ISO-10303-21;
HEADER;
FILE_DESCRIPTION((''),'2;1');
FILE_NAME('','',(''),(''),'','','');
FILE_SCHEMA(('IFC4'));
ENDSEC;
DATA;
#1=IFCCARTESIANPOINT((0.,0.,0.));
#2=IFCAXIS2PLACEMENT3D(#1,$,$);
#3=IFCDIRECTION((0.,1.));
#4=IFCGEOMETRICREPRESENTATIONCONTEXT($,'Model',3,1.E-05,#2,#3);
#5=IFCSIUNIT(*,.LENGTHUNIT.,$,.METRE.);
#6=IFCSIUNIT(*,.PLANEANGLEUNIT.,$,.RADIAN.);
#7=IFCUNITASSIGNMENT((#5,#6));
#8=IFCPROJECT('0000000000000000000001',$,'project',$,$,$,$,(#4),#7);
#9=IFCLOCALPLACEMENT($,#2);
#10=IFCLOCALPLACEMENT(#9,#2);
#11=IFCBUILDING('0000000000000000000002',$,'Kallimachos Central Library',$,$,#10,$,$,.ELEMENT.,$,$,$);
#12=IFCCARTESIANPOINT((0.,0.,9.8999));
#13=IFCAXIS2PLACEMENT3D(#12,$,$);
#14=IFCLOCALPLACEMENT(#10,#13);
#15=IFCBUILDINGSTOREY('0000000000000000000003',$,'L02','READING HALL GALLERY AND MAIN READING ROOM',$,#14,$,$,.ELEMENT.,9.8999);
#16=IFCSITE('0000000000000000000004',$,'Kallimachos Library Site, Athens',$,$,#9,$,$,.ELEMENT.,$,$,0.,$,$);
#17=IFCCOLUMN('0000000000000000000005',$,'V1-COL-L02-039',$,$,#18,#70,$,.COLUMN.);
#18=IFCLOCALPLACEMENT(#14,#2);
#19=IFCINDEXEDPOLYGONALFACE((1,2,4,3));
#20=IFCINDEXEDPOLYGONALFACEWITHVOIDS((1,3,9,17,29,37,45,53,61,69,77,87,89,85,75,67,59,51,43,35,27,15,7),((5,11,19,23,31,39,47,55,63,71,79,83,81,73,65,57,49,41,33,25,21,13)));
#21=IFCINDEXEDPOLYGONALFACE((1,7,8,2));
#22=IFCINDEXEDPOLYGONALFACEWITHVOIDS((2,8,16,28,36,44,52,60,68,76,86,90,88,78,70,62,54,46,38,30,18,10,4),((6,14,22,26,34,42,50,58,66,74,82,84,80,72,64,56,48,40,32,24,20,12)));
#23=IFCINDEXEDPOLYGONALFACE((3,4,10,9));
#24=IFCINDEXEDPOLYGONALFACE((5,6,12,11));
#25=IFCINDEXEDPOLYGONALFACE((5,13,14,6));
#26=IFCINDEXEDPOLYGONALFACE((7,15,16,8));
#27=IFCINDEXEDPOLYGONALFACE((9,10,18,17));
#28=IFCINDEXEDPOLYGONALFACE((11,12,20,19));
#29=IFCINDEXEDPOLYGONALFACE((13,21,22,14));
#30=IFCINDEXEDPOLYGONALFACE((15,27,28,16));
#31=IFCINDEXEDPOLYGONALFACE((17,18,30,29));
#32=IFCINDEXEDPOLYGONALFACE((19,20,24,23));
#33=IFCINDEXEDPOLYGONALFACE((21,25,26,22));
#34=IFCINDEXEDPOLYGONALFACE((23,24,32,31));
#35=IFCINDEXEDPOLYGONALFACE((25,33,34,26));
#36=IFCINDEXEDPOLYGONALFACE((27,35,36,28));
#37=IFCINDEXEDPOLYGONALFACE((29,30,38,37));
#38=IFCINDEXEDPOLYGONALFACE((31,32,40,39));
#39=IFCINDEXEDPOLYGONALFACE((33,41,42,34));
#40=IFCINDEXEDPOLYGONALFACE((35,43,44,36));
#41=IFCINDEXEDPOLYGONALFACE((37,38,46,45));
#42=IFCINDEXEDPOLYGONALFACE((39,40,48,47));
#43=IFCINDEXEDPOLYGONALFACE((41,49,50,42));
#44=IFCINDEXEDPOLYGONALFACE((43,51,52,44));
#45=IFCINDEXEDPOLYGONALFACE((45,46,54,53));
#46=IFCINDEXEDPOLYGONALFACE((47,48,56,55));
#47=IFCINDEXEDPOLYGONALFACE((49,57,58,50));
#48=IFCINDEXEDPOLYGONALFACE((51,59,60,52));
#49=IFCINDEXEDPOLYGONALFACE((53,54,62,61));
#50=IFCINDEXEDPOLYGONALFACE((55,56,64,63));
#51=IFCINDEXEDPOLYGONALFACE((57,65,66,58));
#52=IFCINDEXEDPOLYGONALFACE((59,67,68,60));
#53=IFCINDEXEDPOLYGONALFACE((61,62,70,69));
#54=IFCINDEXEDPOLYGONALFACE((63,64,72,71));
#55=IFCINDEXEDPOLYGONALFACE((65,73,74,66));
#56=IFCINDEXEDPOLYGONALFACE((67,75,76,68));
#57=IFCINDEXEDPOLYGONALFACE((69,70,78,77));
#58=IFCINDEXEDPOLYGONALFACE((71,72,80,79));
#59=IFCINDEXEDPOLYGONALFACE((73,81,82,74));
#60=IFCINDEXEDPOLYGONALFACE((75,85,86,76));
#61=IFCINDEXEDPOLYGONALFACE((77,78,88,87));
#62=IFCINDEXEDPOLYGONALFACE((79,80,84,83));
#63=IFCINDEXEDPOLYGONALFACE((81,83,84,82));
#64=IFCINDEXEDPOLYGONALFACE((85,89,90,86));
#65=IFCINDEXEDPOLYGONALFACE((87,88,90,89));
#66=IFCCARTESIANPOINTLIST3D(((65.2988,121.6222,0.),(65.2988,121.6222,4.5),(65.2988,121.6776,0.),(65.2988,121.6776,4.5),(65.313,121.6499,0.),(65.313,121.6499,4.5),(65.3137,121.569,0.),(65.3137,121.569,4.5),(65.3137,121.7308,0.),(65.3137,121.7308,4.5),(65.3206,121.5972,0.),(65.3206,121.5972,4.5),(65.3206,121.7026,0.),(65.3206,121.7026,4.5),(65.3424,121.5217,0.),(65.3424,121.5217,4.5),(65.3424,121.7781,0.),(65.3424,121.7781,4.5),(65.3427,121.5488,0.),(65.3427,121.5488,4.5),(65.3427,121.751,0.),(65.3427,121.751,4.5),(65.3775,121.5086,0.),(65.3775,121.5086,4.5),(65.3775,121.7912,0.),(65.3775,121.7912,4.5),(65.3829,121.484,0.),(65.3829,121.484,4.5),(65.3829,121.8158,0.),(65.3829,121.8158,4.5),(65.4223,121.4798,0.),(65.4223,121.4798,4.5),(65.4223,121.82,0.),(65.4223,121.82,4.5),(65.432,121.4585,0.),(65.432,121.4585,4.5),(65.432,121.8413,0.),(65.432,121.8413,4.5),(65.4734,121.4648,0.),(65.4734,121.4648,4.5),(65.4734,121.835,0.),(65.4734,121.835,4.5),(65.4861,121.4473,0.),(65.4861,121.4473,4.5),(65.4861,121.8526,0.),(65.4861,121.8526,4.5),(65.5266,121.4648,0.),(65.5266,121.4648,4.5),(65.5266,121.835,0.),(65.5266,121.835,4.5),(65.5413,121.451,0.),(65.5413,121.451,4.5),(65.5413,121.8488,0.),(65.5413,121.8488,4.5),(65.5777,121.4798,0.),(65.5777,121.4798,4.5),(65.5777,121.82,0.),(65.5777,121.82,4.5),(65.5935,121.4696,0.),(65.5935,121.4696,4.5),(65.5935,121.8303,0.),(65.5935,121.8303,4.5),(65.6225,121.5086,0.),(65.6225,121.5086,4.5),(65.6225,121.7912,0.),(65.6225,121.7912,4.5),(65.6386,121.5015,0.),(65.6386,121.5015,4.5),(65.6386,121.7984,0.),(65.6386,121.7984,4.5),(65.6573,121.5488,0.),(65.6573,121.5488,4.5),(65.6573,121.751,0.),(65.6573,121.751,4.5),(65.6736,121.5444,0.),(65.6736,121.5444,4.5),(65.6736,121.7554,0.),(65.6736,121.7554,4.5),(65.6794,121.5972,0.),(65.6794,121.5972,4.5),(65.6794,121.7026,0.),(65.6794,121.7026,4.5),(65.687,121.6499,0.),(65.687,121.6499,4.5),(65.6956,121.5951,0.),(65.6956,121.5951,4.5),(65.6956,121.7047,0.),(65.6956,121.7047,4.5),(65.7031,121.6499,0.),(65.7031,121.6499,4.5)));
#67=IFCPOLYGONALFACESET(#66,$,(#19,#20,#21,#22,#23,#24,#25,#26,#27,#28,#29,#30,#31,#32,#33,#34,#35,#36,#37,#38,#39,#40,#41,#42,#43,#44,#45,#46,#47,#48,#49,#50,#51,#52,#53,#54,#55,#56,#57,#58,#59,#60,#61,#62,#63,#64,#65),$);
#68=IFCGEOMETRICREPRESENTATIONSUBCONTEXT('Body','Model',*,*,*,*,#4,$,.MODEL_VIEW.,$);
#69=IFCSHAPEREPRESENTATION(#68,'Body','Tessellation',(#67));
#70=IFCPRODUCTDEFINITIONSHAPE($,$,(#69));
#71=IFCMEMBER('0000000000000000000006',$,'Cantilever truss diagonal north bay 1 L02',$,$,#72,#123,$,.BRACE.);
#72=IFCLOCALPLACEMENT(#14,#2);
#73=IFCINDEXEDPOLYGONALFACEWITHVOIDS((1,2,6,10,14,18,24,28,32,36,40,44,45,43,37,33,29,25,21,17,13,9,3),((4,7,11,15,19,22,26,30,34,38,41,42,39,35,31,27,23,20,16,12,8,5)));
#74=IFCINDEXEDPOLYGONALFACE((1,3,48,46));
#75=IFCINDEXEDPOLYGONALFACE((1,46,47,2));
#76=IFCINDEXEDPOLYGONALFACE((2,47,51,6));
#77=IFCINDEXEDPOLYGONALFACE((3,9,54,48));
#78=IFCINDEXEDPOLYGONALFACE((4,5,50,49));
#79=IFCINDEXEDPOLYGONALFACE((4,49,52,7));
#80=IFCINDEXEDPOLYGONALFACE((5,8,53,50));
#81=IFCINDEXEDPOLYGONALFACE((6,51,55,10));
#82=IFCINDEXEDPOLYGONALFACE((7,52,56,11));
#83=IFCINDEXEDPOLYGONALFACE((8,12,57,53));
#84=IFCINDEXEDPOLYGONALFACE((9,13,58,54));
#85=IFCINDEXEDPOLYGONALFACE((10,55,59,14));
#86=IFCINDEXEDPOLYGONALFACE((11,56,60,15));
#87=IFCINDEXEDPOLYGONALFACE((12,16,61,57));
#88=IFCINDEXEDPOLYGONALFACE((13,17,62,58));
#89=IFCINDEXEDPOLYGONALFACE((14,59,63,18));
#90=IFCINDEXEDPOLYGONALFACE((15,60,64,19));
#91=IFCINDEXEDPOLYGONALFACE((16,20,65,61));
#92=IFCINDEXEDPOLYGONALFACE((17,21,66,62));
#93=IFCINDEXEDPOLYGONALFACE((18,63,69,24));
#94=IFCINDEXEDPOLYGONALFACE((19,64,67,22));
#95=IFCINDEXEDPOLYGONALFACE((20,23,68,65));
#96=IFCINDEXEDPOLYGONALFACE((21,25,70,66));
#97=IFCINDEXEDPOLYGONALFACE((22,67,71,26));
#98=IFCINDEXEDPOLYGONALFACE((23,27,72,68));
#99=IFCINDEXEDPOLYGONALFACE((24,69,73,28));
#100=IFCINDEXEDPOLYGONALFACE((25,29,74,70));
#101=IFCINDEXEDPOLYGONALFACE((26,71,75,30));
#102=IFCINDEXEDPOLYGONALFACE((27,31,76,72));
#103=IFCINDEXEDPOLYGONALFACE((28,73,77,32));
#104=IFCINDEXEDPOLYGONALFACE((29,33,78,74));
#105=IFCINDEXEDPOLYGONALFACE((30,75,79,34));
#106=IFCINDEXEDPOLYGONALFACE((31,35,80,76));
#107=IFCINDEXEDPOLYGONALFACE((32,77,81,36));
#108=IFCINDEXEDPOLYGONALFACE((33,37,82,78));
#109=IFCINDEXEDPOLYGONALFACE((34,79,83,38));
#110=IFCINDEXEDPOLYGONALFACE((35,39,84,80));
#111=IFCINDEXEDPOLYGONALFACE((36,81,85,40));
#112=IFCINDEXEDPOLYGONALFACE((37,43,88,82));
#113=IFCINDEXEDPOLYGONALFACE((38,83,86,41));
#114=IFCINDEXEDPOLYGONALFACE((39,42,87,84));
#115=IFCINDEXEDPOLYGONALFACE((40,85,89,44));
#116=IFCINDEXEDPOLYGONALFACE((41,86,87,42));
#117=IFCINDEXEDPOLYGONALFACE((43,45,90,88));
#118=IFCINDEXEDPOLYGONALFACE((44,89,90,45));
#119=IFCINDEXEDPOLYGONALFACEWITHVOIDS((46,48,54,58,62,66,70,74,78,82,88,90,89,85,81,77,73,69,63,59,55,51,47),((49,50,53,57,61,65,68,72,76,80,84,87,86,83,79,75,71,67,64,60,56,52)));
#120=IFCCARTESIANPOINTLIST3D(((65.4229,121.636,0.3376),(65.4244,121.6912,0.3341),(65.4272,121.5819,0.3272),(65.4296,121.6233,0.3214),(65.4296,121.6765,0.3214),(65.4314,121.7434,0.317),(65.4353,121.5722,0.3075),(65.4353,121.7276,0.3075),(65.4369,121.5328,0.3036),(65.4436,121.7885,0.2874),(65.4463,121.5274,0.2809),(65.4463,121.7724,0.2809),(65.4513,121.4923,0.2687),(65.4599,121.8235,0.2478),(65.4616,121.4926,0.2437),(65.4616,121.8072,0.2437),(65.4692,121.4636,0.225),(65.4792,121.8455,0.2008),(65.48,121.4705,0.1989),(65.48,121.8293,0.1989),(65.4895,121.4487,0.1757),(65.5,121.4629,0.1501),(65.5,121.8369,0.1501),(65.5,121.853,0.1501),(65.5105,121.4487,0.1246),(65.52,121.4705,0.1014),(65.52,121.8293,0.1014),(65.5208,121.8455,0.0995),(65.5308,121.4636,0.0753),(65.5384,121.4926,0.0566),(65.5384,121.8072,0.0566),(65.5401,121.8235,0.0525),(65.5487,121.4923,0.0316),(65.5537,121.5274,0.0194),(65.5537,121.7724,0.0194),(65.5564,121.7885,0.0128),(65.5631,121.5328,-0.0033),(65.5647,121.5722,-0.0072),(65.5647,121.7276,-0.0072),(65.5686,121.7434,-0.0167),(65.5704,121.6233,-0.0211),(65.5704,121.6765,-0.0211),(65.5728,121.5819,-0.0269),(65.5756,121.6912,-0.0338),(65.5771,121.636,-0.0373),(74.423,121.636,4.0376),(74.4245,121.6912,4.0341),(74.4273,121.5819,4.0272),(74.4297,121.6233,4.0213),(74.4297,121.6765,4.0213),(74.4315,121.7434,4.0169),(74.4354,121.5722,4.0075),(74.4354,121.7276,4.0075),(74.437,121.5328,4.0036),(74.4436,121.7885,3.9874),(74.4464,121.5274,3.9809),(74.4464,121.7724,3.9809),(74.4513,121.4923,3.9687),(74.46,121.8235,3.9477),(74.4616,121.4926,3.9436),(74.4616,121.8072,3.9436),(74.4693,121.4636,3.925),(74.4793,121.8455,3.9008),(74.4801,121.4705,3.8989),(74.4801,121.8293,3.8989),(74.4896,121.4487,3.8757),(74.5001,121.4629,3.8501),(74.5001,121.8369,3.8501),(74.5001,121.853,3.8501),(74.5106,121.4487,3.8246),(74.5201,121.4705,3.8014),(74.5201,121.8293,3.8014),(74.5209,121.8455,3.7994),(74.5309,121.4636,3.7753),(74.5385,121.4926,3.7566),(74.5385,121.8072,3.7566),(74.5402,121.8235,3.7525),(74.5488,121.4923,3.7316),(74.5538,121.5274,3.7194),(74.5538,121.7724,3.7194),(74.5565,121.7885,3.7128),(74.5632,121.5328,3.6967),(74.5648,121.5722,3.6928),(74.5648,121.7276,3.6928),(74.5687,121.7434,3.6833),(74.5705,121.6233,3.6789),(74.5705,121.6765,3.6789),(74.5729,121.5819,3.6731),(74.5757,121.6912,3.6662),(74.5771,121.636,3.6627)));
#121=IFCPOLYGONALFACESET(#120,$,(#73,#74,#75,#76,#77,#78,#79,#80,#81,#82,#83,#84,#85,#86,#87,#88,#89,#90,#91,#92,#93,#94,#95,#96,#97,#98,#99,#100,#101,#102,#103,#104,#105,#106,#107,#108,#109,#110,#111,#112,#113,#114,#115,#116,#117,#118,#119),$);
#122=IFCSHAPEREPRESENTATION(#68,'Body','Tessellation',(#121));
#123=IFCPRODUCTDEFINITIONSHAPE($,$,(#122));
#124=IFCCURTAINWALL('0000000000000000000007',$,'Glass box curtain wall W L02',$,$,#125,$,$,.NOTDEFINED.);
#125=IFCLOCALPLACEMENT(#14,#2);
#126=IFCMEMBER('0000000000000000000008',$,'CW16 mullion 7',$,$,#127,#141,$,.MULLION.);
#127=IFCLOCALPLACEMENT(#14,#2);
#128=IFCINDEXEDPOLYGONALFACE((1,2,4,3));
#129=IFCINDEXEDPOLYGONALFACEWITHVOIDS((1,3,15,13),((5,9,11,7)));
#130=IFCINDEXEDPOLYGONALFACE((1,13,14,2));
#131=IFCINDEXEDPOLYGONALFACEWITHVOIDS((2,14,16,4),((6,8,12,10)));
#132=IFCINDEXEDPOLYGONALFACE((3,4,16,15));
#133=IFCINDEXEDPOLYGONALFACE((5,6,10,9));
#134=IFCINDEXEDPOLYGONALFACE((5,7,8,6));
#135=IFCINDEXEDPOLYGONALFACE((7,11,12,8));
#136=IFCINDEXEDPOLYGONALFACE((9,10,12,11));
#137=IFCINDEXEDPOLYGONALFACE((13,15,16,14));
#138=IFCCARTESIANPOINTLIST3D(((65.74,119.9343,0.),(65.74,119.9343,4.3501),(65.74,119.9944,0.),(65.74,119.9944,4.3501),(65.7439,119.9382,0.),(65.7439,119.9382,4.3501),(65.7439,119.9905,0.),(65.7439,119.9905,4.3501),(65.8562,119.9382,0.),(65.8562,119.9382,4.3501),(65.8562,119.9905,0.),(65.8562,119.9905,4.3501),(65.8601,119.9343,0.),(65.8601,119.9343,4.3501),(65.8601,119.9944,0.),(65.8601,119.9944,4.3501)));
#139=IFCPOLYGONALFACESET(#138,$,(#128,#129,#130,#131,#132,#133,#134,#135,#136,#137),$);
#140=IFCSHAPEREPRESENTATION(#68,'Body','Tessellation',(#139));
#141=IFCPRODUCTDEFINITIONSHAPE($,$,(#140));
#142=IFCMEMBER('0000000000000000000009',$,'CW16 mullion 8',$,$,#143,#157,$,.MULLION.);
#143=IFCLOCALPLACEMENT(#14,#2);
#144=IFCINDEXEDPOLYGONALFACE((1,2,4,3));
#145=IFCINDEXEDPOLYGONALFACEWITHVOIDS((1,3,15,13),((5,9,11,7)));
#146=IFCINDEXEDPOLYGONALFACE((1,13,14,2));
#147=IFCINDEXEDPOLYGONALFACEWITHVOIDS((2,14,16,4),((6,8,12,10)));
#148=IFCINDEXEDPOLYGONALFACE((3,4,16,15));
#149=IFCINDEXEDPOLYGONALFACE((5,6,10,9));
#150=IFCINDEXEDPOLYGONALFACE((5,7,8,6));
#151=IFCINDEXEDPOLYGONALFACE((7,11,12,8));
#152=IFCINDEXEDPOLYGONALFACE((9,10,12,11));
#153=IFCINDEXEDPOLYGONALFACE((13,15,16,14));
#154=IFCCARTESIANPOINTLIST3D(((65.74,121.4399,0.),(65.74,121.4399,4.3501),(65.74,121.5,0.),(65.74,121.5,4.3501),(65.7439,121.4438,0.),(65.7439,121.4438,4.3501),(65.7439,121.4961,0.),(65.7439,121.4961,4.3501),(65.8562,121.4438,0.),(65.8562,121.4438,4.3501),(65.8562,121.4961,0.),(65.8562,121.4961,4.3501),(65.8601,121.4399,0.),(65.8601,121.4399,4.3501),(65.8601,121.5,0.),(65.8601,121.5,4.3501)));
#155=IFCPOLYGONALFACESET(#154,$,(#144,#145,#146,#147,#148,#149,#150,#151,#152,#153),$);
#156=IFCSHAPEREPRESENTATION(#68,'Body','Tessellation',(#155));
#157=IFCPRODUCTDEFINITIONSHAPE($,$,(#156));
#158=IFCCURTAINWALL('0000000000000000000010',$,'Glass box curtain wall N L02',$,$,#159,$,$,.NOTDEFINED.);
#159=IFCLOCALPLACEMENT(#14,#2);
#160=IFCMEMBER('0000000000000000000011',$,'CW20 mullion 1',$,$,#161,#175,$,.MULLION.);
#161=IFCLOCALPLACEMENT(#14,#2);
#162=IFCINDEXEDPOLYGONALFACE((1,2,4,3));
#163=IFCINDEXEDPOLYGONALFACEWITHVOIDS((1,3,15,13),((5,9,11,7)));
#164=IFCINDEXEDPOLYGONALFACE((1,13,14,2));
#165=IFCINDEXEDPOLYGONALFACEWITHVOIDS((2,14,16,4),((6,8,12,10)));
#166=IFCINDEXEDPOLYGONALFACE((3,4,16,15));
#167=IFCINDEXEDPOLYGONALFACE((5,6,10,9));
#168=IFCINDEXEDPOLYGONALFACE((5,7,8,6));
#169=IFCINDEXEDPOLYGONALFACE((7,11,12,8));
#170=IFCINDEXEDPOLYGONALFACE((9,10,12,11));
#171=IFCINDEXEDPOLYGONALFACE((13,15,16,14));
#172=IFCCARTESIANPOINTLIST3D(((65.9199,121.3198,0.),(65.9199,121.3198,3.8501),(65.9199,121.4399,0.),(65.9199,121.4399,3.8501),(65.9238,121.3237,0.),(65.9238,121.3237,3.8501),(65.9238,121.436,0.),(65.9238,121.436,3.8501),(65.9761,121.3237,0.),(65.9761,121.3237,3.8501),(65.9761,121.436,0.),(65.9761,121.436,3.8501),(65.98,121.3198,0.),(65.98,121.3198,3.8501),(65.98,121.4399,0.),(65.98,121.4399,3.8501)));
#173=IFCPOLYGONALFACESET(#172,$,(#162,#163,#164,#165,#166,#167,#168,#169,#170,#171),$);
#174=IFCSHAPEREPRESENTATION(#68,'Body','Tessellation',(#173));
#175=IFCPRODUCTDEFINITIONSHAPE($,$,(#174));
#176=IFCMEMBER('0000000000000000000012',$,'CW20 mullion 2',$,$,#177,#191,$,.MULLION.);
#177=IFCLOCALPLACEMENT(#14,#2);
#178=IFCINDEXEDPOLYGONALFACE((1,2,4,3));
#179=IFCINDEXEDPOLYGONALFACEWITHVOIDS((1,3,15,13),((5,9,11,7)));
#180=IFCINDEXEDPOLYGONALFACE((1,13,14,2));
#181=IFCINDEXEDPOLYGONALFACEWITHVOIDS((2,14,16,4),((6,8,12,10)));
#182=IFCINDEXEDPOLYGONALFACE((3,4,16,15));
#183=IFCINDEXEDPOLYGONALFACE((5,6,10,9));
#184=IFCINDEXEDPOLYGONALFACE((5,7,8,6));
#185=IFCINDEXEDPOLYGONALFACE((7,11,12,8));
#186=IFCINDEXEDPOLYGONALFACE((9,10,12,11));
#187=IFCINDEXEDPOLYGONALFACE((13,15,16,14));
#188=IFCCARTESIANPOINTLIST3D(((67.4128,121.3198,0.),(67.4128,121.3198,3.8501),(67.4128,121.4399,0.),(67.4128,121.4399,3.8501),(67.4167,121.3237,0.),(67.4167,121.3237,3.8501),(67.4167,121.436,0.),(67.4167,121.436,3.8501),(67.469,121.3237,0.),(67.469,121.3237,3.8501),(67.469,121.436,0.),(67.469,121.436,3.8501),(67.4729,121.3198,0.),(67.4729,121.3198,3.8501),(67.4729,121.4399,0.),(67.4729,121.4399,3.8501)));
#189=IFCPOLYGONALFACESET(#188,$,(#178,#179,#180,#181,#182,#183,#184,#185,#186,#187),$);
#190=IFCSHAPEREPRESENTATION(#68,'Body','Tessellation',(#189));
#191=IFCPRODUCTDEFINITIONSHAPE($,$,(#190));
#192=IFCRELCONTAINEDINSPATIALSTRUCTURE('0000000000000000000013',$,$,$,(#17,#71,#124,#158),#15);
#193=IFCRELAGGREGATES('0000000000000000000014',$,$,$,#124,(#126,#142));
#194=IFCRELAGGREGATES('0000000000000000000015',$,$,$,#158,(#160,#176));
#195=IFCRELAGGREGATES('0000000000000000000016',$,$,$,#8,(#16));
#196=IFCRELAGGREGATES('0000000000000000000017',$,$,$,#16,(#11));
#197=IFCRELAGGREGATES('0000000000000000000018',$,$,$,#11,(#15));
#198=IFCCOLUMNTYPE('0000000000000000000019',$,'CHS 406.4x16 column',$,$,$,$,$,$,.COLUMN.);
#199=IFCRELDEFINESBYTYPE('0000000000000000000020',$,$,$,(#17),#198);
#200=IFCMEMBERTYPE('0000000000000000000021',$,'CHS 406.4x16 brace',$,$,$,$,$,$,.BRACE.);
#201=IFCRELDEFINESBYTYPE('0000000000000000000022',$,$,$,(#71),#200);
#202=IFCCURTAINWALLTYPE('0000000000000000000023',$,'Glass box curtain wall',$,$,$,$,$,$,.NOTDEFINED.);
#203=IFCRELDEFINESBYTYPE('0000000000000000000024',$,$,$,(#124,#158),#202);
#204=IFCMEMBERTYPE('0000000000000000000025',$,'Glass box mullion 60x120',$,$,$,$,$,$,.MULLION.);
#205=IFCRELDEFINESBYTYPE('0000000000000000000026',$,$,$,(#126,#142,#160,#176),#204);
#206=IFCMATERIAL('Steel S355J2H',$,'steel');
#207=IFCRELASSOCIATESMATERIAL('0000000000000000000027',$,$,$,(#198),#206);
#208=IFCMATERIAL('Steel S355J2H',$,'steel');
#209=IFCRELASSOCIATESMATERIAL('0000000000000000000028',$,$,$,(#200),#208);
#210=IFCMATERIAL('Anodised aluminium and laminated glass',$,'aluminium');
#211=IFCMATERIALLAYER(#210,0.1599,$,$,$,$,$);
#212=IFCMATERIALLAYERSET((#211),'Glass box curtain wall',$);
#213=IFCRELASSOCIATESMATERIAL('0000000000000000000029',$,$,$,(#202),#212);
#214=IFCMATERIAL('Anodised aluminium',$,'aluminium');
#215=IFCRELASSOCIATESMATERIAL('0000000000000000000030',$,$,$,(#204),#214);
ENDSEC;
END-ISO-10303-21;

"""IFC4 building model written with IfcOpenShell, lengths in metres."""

from ifc_helpers import new_model, si_unit, direction, frame, origin, origin_2d, place, context, subcontext, project, spatial, hollow_rectangle, hollow_circle, extrude, material, layer, layer_set, material_profile, profile_set, type_object, element, aggregate, save


model = new_model("IFC4")

# Units and contexts
model_context = context("Model", 3, precision=1e-05, world=origin(), true_north=direction((0.0, 1.0)))
body_context = subcontext(model_context, "Body", "Model", "MODEL_VIEW")
ifc_project = project(units=[si_unit("LENGTHUNIT", "METRE"), si_unit("PLANEANGLEUNIT", "RADIAN")], contexts=[model_context])

# Site, building, storey
site_placement = place(None, origin())
site = spatial("IfcSite", under=ifc_project, at=site_placement, Name="Kallimachos Library Site, Athens", CompositionType="ELEMENT", RefElevation=0.0)
building_placement = place(site_placement, origin())
building = spatial("IfcBuilding", under=site, at=building_placement, Name="Kallimachos Central Library", CompositionType="ELEMENT")
storey_placement = place(building_placement, frame((0.0, 0.0, 9.8999)))
storey = spatial("IfcBuildingStorey", under=building, at=storey_placement, Name="L02", Description="READING HALL GALLERY AND MAIN READING ROOM", CompositionType="ELEMENT", Elevation=9.8999)

# Column
ifc_material_1 = material(Name="Steel S355J2H", Category="steel")
ifc_material_profile_1 = material_profile(ifc_material_1, hollow_circle(Radius=0.2031, WallThickness=0.0161, at=origin_2d()), Name="CHS 406.4x16")
ifc_profile_set_1 = profile_set([ifc_material_profile_1], Name="Steel S355J2H")
column_type = type_object("IfcColumnType", Name="CHS 406.4x16 column", PredefinedType="COLUMN", material=ifc_profile_set_1)
column_placement = place(storey_placement, frame((65.5, 121.6499, 0.0), z_axis=(0.0, 0.0, 1.0), x_axis=(1.0, 0.0, 0.0)))
element("IfcColumn", 1, at=column_placement, inside=storey, type_object=column_type, Name="V1-COL-L02-039", PredefinedType="COLUMN", context=body_context, shape_type="SweptSolid", body=[
    extrude(hollow_circle(Radius=0.2031, WallThickness=0.0161, at=origin_2d()), origin(), (0.0, 0.0, 1.0), 4.5),
])

# Member
ifc_material_2 = material(Name="Steel S355J2H", Category="steel")
ifc_material_profile_2 = material_profile(ifc_material_2, hollow_circle(Radius=0.2031, WallThickness=0.0161, at=origin_2d()), Name="CHS 406.4x16")
ifc_profile_set_2 = profile_set([ifc_material_profile_2], Name="Steel S355J2H")
member_type_1 = type_object("IfcMemberType", Name="CHS 406.4x16 brace", PredefinedType="BRACE", material=ifc_profile_set_2)
member_1_placement = place(storey_placement, frame((65.5, 121.6499, 0.1501), z_axis=(0.924893, 0.0, 0.380229), x_axis=(0.0, 1.0, 0.0)))
element("IfcMember", 2, at=member_1_placement, inside=storey, type_object=member_type_1, Name="Cantilever truss diagonal north bay 1 L02", PredefinedType="BRACE", context=body_context, shape_type="SweptSolid", body=[
    extrude(hollow_circle(Radius=0.2031, WallThickness=0.0161, at=origin_2d()), origin(), (0.0, 0.0, 1.0), 9.731),
])

# Curtain walls, members
ifc_material_3 = material(Name="Anodised aluminium and laminated glass", Category="aluminium")
ifc_layer_1 = layer(ifc_material_3, 0.1599)
ifc_layer_set_1 = layer_set([ifc_layer_1], Name="Glass box curtain wall")
curtain_wall_type = type_object("IfcCurtainWallType", Name="Glass box curtain wall", PredefinedType="NOTDEFINED", material=ifc_layer_set_1)
curtain_wall_1_placement = place(storey_placement, origin())
curtain_wall_1 = element("IfcCurtainWall", 3, at=curtain_wall_1_placement, inside=storey, type_object=curtain_wall_type, Name="Glass box curtain wall W L02", PredefinedType="NOTDEFINED")
ifc_material_4 = material(Name="Anodised aluminium", Category="aluminium")
ifc_material_profile_3 = material_profile(ifc_material_4, hollow_rectangle(XDim=0.0601, YDim=0.1201, WallThickness=0.0039, at=origin_2d()), Name="ALU MULLION 60x120")
ifc_profile_set_3 = profile_set([ifc_material_profile_3], Name="Anodised aluminium")
member_type_2 = type_object("IfcMemberType", Name="Glass box mullion 60x120", PredefinedType="MULLION", material=ifc_profile_set_3)
member_2_placement = place(storey_placement, frame((65.8, 119.9644, 0.0), z_axis=(0.0, 0.0, 1.0), x_axis=(0.0, 1.0, 0.0)))
member_2 = element("IfcMember", 4, at=member_2_placement, type_object=member_type_2, Name="CW16 mullion 7", PredefinedType="MULLION", context=body_context, shape_type="SweptSolid", body=[
    extrude(hollow_rectangle(XDim=0.0601, YDim=0.1201, WallThickness=0.0039, at=origin_2d()), origin(), (0.0, 0.0, 1.0), 4.3501),
])
member_3_placement = place(storey_placement, frame((65.8, 121.47, 0.0), z_axis=(0.0, 0.0, 1.0), x_axis=(0.0, 1.0, 0.0)))
member_3 = element("IfcMember", 5, at=member_3_placement, type_object=member_type_2, Name="CW16 mullion 8", PredefinedType="MULLION", context=body_context, shape_type="SweptSolid", body=[
    extrude(hollow_rectangle(XDim=0.0601, YDim=0.1201, WallThickness=0.0039, at=origin_2d()), origin(), (0.0, 0.0, 1.0), 4.3501),
])
curtain_wall_2_placement = place(storey_placement, origin())
curtain_wall_2 = element("IfcCurtainWall", 6, at=curtain_wall_2_placement, inside=storey, type_object=curtain_wall_type, Name="Glass box curtain wall N L02", PredefinedType="NOTDEFINED")
member_4_placement = place(storey_placement, frame((65.95, 121.3799, 0.0), z_axis=(0.0, 0.0, 1.0), x_axis=(1.0, 0.0, 0.0)))
member_4 = element("IfcMember", 7, at=member_4_placement, type_object=member_type_2, Name="CW20 mullion 1", PredefinedType="MULLION", context=body_context, shape_type="SweptSolid", body=[
    extrude(hollow_rectangle(XDim=0.0601, YDim=0.1201, WallThickness=0.0039, at=origin_2d()), origin(), (0.0, 0.0, 1.0), 3.8501),
])
member_5_placement = place(storey_placement, frame((67.4429, 121.3799, 0.0), z_axis=(0.0, 0.0, 1.0), x_axis=(1.0, 0.0, 0.0)))
member_5 = element("IfcMember", 8, at=member_5_placement, type_object=member_type_2, Name="CW20 mullion 2", PredefinedType="MULLION", context=body_context, shape_type="SweptSolid", body=[
    extrude(hollow_rectangle(XDim=0.0601, YDim=0.1201, WallThickness=0.0039, at=origin_2d()), origin(), (0.0, 0.0, 1.0), 3.8501),
])

aggregate(curtain_wall_1, [member_2, member_3])
aggregate(curtain_wall_2, [member_4, member_5])

save(model, "model.ifc")
